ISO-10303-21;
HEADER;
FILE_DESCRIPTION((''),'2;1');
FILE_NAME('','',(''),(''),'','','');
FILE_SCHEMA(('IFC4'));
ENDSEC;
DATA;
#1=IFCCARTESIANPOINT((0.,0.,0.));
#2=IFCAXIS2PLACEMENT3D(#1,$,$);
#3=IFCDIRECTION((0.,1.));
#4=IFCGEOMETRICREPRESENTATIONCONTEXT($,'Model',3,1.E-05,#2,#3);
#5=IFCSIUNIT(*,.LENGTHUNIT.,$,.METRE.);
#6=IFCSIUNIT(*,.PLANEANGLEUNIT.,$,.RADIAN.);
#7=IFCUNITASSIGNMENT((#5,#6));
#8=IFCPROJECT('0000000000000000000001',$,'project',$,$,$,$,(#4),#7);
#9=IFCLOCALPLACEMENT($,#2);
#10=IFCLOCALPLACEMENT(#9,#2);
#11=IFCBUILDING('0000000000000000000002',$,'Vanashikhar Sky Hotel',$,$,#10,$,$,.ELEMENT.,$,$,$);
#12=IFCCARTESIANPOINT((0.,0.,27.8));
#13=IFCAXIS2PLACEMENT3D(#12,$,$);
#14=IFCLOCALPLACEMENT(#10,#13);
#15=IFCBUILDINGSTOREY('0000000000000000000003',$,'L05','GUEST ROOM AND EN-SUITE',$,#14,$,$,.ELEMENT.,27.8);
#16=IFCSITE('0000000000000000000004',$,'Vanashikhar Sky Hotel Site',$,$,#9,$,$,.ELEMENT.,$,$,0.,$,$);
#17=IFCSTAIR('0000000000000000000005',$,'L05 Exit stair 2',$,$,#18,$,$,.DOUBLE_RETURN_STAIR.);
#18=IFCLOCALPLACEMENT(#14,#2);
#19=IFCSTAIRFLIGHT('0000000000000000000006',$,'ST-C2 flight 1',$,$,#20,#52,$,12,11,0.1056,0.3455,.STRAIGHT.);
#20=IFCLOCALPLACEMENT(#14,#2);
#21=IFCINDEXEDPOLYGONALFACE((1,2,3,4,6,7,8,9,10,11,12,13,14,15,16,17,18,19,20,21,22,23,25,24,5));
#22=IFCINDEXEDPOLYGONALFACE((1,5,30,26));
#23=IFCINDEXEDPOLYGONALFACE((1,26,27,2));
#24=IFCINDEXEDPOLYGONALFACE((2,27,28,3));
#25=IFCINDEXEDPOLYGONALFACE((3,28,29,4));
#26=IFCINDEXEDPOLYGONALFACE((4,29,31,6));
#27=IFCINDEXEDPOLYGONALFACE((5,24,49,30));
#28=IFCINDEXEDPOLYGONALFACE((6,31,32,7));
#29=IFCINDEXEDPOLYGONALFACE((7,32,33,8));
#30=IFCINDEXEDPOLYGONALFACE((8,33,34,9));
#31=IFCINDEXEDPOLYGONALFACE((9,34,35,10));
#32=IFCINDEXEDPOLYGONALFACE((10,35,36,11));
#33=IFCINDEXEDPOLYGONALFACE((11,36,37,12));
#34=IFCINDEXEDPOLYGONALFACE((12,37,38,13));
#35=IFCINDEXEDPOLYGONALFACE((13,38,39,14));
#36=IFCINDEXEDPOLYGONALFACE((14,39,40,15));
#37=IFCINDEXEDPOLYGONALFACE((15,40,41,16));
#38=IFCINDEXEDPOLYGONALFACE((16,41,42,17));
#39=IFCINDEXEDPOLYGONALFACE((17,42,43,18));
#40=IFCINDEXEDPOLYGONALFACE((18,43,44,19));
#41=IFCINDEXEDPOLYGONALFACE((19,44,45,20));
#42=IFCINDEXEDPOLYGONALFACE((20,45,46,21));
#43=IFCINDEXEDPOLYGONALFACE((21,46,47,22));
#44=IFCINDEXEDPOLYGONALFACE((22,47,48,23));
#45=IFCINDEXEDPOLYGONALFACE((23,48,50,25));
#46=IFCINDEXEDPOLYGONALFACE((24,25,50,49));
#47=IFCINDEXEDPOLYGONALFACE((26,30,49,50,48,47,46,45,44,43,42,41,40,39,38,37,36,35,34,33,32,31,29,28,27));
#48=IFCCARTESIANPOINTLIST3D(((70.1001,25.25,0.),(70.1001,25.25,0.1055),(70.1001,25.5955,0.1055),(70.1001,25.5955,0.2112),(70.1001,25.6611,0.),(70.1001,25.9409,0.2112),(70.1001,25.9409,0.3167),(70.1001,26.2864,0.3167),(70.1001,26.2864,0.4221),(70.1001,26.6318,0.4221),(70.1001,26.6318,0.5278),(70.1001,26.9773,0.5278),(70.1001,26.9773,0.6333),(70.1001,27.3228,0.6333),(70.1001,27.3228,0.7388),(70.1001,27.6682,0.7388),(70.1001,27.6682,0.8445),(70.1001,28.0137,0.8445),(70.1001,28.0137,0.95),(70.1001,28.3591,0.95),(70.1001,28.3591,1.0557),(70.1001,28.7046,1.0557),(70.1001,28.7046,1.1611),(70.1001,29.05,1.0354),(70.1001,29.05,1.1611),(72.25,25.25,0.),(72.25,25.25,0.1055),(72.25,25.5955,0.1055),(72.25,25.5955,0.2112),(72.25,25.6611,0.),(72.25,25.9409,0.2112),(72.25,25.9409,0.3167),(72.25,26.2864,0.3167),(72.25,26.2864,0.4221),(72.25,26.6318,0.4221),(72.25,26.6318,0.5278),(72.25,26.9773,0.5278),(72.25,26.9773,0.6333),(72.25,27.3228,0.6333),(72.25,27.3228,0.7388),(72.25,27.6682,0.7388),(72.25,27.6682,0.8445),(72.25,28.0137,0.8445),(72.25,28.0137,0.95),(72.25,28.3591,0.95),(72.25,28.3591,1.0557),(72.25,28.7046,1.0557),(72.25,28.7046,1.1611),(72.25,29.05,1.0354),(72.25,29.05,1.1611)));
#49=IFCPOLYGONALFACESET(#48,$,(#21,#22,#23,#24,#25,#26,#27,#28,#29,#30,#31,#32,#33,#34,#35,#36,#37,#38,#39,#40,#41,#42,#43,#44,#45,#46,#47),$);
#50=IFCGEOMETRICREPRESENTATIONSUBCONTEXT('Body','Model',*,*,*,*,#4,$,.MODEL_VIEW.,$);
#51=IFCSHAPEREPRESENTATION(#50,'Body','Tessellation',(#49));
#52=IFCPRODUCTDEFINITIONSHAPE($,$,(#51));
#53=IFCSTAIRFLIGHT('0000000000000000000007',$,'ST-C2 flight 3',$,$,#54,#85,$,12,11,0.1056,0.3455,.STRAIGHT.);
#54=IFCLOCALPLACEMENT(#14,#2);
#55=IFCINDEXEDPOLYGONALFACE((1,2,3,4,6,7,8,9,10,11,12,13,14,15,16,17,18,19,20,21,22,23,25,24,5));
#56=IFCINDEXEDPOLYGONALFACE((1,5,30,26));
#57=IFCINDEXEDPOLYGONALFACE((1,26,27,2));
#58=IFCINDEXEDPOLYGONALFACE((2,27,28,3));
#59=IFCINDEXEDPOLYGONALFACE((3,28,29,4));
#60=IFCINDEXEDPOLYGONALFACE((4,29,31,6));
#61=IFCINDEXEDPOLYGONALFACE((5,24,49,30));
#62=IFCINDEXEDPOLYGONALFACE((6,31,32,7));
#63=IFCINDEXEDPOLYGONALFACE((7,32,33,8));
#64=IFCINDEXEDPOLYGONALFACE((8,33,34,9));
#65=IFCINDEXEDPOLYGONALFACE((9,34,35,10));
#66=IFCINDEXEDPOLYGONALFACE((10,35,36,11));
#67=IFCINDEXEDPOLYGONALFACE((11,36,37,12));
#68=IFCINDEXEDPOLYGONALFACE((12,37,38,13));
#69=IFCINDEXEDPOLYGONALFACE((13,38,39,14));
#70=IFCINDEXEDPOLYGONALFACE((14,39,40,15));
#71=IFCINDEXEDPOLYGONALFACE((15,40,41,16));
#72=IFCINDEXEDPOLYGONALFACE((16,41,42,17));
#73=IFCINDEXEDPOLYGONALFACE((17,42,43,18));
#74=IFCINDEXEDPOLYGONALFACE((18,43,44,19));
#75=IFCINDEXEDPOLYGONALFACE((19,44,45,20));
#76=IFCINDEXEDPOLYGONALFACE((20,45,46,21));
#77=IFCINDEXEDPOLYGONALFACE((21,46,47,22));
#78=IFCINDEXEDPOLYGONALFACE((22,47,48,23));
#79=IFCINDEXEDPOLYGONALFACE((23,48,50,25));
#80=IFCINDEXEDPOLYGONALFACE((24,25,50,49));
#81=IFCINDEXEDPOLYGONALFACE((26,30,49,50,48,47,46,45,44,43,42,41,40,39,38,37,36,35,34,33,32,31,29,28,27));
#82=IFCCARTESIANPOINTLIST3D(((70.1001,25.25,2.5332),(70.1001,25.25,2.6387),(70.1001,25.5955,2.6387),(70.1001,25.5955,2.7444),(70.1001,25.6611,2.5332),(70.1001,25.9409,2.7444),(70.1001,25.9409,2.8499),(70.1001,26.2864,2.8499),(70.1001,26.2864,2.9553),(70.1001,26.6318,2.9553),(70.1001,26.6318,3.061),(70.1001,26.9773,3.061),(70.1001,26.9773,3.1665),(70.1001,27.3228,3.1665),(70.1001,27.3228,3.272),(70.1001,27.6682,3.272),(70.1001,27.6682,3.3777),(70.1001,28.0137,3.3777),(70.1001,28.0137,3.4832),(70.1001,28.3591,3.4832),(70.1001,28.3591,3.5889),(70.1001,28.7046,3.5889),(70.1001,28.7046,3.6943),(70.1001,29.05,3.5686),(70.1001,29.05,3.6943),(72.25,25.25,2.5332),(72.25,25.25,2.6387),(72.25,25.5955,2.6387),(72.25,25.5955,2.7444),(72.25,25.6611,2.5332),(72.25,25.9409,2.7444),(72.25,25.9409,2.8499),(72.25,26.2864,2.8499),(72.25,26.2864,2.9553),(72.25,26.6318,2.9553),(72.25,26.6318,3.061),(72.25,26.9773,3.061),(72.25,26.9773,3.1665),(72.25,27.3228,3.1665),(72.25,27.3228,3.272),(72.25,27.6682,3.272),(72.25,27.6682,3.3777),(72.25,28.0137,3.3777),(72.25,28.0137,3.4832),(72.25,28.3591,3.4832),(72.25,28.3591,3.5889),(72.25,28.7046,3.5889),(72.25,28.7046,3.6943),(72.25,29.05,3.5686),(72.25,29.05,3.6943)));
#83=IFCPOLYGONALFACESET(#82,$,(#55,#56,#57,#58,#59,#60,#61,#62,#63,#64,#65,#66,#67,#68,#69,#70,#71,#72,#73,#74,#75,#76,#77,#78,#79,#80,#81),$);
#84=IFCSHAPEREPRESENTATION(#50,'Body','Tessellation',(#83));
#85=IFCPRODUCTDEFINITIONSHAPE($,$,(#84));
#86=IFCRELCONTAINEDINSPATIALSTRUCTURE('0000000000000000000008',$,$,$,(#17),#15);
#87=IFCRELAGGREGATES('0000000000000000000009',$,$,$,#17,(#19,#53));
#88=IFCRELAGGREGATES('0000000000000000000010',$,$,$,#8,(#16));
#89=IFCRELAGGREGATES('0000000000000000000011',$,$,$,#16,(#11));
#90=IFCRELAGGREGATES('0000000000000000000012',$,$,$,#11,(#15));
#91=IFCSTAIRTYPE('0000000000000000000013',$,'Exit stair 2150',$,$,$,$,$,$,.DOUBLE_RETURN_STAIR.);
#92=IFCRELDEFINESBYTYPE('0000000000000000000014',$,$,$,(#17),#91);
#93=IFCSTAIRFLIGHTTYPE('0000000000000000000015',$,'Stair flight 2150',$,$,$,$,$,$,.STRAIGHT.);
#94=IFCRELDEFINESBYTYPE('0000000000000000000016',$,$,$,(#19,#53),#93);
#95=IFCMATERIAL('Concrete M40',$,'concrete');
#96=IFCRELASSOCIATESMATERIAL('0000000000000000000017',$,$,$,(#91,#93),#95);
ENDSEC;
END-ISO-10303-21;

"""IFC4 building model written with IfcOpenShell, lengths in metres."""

from ifc_helpers import new_model, si_unit, direction, frame, origin, place, context, subcontext, project, spatial, polyline, outline, extrude, source, transform, mapped, material, type_object, element, aggregate, save


model = new_model("IFC4")

# Units and contexts
model_context = context("Model", 3, precision=1e-05, world=origin(), true_north=direction((0.0, 1.0)))
body_context = subcontext(model_context, "Body", "Model", "MODEL_VIEW")
ifc_project = project(units=[si_unit("LENGTHUNIT", "METRE"), si_unit("PLANEANGLEUNIT", "RADIAN")], contexts=[model_context])

# Site, building, storey
site_placement = place(None, origin())
site = spatial("IfcSite", under=ifc_project, at=site_placement, Name="Vanashikhar Sky Hotel Site", CompositionType="ELEMENT", RefElevation=0.0)
building_placement = place(site_placement, origin())
building = spatial("IfcBuilding", under=site, at=building_placement, Name="Vanashikhar Sky Hotel", CompositionType="ELEMENT")
storey_placement = place(building_placement, frame((0.0, 0.0, 27.8)))
storey = spatial("IfcBuildingStorey", under=building, at=storey_placement, Name="L05", Description="GUEST ROOM AND EN-SUITE", CompositionType="ELEMENT", Elevation=27.8)

# Shared definitions
ifc_material_1 = material(Name="Concrete M40", Category="concrete")

# Stair, stair flights
stair_type = type_object("IfcStairType", Name="Exit stair 2150", PredefinedType="DOUBLE_RETURN_STAIR", material=ifc_material_1)
stair_placement = place(storey_placement, origin())
stair = element("IfcStair", 1, at=stair_placement, inside=storey, type_object=stair_type, Name="L05 Exit stair 2", PredefinedType="DOUBLE_RETURN_STAIR")
stair_flight_type = type_object("IfcStairFlightType", Name="Stair flight 2150", PredefinedType="STRAIGHT", material=ifc_material_1)
shared_shape_1 = source(origin(), body_context, "Body", "SweptSolid", [
    extrude(outline(polyline([(0.0, 0.0), (0.0, 0.1055), (0.3455, 0.1055), (0.3455, 0.2112), (0.6909, 0.2112), (0.6909, 0.3167), (1.0364, 0.3167), (1.0364, 0.4221), (1.3818, 0.4221), (1.3818, 0.5278), (1.7273, 0.5278), (1.7273, 0.6333), (2.0728, 0.6333), (2.0728, 0.7388), (2.4182, 0.7388), (2.4182, 0.8445), (2.7637, 0.8445), (2.7637, 0.95), (3.1091, 0.95), (3.1091, 1.0557), (3.4546, 1.0557), (3.4546, 1.1611), (3.8, 1.1611), (3.8, 1.2666), (3.8, 1.0354), (0.4111, 0.0), (0.0, 0.0)])), frame((0.0, 1.075, 0.0), z_axis=(0.0, -1.0, 0.0), x_axis=(1.0, 0.0, 0.0)), (0.0, 0.0, 1.0), 2.1499),
])
stair_flight_1_placement = place(storey_placement, frame((71.175, 25.25, 0.0), z_axis=(0.0, 0.0, 1.0), x_axis=(0.0, 1.0, 0.0)))
stair_flight_1 = element("IfcStairFlight", 2, at=stair_flight_1_placement, type_object=stair_flight_type, Name="ST-C2 flight 1", NumberOfRisers=12, NumberOfTreads=11, PredefinedType="STRAIGHT", RiserHeight=0.1056, TreadLength=0.3455, context=body_context, shape_type="MappedRepresentation", body=[
    mapped(shared_shape_1, transform((0.0, 0.0, 0.0), scale=1.0)),
])
stair_flight_2_placement = place(storey_placement, frame((71.175, 25.25, 2.5332), z_axis=(0.0, 0.0, 1.0), x_axis=(0.0, 1.0, 0.0)))
stair_flight_2 = element("IfcStairFlight", 3, at=stair_flight_2_placement, type_object=stair_flight_type, Name="ST-C2 flight 3", NumberOfRisers=12, NumberOfTreads=11, PredefinedType="STRAIGHT", RiserHeight=0.1056, TreadLength=0.3455, context=body_context, shape_type="MappedRepresentation", body=[
    mapped(shared_shape_1, transform((0.0, 0.0, 0.0), scale=1.0)),
])
aggregate(stair, [stair_flight_1, stair_flight_2])

save(model, "model.ifc")
